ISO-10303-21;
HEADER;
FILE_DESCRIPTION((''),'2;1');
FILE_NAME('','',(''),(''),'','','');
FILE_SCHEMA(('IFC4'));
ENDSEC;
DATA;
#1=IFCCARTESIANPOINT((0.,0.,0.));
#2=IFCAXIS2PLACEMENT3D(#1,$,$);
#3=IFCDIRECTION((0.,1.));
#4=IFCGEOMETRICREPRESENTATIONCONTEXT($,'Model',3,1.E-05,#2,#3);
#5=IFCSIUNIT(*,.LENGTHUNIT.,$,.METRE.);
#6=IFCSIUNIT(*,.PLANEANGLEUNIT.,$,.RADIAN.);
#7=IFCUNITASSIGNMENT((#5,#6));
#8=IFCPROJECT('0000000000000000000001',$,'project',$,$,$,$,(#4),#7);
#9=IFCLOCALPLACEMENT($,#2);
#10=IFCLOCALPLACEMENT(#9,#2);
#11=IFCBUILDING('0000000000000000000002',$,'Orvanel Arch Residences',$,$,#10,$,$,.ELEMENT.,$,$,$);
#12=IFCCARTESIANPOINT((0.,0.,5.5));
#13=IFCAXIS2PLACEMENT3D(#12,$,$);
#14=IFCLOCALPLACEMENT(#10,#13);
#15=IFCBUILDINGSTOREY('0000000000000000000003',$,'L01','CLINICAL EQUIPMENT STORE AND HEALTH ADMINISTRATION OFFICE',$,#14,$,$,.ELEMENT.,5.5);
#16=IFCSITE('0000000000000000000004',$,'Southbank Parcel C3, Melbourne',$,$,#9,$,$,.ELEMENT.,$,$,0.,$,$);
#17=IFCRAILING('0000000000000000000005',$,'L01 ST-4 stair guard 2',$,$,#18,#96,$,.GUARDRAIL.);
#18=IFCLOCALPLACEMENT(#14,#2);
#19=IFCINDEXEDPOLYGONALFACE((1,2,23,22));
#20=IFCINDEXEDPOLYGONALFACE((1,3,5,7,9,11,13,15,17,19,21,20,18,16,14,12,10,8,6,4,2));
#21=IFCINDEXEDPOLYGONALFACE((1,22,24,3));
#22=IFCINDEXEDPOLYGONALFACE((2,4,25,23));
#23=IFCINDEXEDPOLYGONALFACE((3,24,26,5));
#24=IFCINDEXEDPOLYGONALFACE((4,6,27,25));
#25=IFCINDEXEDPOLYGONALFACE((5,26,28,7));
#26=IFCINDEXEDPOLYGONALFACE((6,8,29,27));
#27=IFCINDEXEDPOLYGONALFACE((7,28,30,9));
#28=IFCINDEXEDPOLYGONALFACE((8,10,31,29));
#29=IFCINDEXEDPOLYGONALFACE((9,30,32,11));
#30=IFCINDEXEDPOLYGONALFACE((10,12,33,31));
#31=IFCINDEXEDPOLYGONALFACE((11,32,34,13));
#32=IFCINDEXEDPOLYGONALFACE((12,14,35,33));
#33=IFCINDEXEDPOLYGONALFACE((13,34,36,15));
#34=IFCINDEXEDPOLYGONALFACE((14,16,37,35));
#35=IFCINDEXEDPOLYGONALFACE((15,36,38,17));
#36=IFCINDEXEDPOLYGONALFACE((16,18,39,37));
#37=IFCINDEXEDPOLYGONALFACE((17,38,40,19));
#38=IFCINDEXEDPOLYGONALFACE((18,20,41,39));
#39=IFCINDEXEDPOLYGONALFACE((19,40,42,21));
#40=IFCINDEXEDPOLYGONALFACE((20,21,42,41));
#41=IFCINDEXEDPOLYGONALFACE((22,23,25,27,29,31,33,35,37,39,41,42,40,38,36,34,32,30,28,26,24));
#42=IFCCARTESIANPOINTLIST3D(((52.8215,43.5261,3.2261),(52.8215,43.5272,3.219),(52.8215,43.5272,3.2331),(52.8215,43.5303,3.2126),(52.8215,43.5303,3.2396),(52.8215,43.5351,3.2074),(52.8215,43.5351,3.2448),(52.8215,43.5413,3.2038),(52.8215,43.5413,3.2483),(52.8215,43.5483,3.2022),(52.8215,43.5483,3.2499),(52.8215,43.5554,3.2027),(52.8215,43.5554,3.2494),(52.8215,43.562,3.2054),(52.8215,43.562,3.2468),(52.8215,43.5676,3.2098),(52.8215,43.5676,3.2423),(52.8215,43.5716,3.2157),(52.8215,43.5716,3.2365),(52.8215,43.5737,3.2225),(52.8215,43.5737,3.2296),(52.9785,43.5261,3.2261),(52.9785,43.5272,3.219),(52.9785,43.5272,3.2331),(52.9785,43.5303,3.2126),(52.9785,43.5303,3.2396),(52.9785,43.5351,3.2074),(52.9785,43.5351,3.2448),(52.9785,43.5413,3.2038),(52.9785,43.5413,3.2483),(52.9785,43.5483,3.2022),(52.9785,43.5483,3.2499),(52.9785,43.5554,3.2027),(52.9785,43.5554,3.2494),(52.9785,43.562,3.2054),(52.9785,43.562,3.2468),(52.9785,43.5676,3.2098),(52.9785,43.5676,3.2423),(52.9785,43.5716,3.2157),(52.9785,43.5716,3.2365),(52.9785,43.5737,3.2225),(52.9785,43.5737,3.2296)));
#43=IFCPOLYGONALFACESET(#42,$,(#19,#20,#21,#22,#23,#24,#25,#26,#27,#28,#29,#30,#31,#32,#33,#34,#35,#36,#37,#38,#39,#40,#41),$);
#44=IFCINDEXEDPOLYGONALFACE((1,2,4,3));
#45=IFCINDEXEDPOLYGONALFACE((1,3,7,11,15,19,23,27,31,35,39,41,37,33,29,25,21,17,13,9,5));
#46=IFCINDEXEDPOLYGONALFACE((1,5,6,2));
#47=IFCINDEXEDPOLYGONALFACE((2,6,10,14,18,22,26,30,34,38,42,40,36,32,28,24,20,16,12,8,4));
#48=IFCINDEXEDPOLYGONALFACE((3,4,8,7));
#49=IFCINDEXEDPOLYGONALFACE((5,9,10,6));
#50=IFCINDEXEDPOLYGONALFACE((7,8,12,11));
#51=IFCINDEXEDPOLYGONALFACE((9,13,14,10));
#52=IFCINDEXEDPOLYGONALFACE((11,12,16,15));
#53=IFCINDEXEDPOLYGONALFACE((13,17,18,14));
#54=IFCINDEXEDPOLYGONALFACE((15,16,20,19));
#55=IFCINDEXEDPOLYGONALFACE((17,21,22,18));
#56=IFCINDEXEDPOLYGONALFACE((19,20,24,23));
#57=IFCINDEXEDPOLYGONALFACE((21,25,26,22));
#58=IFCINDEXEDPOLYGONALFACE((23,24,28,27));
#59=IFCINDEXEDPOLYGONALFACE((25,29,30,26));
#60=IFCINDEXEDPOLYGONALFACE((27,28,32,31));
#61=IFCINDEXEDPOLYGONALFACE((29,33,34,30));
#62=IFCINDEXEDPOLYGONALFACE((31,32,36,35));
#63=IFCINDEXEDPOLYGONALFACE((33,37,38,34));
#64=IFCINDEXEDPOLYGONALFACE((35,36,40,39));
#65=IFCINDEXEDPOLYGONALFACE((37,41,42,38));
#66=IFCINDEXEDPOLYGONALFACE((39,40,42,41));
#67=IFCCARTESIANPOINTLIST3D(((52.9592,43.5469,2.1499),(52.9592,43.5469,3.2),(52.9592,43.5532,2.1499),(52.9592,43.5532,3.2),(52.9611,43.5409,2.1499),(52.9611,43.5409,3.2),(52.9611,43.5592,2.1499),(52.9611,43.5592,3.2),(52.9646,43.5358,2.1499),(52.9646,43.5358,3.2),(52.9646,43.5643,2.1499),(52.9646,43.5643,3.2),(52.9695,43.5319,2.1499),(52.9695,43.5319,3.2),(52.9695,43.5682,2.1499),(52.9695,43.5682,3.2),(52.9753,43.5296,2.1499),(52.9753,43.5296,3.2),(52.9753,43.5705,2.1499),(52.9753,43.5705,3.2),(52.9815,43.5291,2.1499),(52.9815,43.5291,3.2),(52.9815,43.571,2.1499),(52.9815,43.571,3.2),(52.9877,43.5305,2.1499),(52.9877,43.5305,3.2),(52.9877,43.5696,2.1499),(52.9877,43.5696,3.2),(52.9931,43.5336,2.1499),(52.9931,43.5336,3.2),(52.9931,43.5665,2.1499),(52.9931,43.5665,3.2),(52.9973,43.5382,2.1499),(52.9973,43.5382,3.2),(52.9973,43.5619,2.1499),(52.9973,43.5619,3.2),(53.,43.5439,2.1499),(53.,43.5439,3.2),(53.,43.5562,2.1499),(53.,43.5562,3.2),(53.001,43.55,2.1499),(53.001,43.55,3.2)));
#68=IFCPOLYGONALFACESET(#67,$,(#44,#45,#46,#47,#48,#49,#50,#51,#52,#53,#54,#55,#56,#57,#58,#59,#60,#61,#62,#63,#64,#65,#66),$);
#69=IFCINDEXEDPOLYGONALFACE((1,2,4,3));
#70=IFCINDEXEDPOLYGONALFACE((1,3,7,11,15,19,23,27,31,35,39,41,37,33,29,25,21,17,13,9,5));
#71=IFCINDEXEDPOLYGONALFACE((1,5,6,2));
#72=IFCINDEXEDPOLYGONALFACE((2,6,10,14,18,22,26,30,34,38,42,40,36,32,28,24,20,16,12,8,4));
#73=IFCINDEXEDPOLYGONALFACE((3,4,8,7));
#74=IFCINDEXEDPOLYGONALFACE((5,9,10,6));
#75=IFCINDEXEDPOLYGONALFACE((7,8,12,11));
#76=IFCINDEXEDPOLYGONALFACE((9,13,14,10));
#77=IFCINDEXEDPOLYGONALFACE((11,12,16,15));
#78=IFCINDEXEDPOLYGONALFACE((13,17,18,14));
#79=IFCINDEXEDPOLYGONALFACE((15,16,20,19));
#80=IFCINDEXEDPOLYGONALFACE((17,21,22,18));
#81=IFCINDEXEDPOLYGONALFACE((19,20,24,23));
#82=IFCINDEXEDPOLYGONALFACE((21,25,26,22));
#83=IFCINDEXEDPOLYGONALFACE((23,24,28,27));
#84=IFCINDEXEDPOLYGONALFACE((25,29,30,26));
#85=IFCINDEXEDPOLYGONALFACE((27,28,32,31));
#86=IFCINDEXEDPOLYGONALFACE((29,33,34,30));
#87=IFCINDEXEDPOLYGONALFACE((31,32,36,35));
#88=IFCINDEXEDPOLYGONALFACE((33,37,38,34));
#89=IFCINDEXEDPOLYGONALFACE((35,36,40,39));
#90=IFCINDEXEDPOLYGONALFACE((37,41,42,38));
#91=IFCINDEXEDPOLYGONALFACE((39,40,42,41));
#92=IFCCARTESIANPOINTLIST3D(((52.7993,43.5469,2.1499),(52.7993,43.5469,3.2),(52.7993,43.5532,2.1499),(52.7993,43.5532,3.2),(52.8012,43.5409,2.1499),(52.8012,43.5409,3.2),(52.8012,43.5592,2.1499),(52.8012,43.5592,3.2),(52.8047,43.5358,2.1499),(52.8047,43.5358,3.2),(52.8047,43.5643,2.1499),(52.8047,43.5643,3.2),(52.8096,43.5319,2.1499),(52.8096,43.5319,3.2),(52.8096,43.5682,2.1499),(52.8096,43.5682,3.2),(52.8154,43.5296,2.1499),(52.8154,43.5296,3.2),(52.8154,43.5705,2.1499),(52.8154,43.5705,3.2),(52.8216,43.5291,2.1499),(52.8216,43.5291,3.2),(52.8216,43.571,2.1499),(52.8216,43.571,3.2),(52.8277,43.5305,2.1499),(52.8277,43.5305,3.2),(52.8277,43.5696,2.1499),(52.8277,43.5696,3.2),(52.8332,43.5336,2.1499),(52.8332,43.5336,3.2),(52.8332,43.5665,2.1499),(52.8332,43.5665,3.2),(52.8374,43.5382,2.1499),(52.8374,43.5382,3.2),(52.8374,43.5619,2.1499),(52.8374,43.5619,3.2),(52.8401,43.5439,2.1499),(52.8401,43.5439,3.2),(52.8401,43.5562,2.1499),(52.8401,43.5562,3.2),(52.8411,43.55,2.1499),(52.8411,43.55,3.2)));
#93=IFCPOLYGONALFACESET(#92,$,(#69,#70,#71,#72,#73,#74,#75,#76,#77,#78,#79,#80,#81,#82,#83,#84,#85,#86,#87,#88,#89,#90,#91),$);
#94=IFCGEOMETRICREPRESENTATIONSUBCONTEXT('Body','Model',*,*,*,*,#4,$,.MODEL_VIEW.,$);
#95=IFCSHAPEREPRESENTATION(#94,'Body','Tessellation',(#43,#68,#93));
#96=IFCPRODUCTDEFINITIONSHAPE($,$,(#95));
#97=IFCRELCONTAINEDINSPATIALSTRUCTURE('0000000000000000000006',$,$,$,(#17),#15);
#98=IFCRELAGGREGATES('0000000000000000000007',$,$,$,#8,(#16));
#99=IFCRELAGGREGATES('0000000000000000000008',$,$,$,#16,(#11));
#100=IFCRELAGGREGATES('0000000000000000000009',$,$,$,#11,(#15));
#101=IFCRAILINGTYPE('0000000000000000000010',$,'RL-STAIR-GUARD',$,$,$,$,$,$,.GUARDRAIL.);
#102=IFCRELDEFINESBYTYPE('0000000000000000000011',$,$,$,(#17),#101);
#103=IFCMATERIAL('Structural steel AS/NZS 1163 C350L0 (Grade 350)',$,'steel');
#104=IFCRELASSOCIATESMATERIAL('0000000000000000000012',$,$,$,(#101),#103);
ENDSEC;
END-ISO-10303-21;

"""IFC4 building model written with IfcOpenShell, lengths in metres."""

from ifc_helpers import new_model, si_unit, direction, frame, origin, origin_2d, place, context, subcontext, project, spatial, circle, extrude, material, type_object, element, save


model = new_model("IFC4")

# Units and contexts
model_context = context("Model", 3, precision=1e-05, world=origin(), true_north=direction((0.0, 1.0)))
body_context = subcontext(model_context, "Body", "Model", "MODEL_VIEW")
ifc_project = project(units=[si_unit("LENGTHUNIT", "METRE"), si_unit("PLANEANGLEUNIT", "RADIAN")], contexts=[model_context])

# Site, building, storey
site_placement = place(None, origin())
site = spatial("IfcSite", under=ifc_project, at=site_placement, Name="Southbank Parcel C3, Melbourne", CompositionType="ELEMENT", RefElevation=0.0)
building_placement = place(site_placement, origin())
building = spatial("IfcBuilding", under=site, at=building_placement, Name="Orvanel Arch Residences", CompositionType="ELEMENT")
storey_placement = place(building_placement, frame((0.0, 0.0, 5.5)))
storey = spatial("IfcBuildingStorey", under=building, at=storey_placement, Name="L01", Description="CLINICAL EQUIPMENT STORE AND HEALTH ADMINISTRATION OFFICE", CompositionType="ELEMENT", Elevation=5.5)

# Railing
ifc_material_1 = material(Name="Structural steel AS/NZS 1163 C350L0 (Grade 350)", Category="steel")
railing_type_1 = type_object("IfcRailingType", Name="RL-STAIR-GUARD", PredefinedType="GUARDRAIL", material=ifc_material_1)
railing_1_placement = place(storey_placement, frame((52.98, 43.55, 2.1499)))
element("IfcRailing", 1, at=railing_1_placement, inside=storey, type_object=railing_type_1, Name="L01 ST-4 stair guard 2", PredefinedType="GUARDRAIL", context=body_context, shape_type="SweptSolid", body=[
    extrude(circle(Radius=0.0239, at=origin_2d()), frame((-0.0015, 0.0, 1.0762), z_axis=(-1.0, 0.0, 0.0), x_axis=(0.0, -1.0, 0.0)), (0.0, 0.0, 1.0), 0.157),
    extrude(circle(Radius=0.021, at=origin_2d()), origin(), (0.0, 0.0, 1.0), 1.05),
    extrude(circle(Radius=0.021, at=origin_2d()), frame((-0.1599, 0.0, 0.0)), (0.0, 0.0, 1.0), 1.05),
])

save(model, "model.ifc")
